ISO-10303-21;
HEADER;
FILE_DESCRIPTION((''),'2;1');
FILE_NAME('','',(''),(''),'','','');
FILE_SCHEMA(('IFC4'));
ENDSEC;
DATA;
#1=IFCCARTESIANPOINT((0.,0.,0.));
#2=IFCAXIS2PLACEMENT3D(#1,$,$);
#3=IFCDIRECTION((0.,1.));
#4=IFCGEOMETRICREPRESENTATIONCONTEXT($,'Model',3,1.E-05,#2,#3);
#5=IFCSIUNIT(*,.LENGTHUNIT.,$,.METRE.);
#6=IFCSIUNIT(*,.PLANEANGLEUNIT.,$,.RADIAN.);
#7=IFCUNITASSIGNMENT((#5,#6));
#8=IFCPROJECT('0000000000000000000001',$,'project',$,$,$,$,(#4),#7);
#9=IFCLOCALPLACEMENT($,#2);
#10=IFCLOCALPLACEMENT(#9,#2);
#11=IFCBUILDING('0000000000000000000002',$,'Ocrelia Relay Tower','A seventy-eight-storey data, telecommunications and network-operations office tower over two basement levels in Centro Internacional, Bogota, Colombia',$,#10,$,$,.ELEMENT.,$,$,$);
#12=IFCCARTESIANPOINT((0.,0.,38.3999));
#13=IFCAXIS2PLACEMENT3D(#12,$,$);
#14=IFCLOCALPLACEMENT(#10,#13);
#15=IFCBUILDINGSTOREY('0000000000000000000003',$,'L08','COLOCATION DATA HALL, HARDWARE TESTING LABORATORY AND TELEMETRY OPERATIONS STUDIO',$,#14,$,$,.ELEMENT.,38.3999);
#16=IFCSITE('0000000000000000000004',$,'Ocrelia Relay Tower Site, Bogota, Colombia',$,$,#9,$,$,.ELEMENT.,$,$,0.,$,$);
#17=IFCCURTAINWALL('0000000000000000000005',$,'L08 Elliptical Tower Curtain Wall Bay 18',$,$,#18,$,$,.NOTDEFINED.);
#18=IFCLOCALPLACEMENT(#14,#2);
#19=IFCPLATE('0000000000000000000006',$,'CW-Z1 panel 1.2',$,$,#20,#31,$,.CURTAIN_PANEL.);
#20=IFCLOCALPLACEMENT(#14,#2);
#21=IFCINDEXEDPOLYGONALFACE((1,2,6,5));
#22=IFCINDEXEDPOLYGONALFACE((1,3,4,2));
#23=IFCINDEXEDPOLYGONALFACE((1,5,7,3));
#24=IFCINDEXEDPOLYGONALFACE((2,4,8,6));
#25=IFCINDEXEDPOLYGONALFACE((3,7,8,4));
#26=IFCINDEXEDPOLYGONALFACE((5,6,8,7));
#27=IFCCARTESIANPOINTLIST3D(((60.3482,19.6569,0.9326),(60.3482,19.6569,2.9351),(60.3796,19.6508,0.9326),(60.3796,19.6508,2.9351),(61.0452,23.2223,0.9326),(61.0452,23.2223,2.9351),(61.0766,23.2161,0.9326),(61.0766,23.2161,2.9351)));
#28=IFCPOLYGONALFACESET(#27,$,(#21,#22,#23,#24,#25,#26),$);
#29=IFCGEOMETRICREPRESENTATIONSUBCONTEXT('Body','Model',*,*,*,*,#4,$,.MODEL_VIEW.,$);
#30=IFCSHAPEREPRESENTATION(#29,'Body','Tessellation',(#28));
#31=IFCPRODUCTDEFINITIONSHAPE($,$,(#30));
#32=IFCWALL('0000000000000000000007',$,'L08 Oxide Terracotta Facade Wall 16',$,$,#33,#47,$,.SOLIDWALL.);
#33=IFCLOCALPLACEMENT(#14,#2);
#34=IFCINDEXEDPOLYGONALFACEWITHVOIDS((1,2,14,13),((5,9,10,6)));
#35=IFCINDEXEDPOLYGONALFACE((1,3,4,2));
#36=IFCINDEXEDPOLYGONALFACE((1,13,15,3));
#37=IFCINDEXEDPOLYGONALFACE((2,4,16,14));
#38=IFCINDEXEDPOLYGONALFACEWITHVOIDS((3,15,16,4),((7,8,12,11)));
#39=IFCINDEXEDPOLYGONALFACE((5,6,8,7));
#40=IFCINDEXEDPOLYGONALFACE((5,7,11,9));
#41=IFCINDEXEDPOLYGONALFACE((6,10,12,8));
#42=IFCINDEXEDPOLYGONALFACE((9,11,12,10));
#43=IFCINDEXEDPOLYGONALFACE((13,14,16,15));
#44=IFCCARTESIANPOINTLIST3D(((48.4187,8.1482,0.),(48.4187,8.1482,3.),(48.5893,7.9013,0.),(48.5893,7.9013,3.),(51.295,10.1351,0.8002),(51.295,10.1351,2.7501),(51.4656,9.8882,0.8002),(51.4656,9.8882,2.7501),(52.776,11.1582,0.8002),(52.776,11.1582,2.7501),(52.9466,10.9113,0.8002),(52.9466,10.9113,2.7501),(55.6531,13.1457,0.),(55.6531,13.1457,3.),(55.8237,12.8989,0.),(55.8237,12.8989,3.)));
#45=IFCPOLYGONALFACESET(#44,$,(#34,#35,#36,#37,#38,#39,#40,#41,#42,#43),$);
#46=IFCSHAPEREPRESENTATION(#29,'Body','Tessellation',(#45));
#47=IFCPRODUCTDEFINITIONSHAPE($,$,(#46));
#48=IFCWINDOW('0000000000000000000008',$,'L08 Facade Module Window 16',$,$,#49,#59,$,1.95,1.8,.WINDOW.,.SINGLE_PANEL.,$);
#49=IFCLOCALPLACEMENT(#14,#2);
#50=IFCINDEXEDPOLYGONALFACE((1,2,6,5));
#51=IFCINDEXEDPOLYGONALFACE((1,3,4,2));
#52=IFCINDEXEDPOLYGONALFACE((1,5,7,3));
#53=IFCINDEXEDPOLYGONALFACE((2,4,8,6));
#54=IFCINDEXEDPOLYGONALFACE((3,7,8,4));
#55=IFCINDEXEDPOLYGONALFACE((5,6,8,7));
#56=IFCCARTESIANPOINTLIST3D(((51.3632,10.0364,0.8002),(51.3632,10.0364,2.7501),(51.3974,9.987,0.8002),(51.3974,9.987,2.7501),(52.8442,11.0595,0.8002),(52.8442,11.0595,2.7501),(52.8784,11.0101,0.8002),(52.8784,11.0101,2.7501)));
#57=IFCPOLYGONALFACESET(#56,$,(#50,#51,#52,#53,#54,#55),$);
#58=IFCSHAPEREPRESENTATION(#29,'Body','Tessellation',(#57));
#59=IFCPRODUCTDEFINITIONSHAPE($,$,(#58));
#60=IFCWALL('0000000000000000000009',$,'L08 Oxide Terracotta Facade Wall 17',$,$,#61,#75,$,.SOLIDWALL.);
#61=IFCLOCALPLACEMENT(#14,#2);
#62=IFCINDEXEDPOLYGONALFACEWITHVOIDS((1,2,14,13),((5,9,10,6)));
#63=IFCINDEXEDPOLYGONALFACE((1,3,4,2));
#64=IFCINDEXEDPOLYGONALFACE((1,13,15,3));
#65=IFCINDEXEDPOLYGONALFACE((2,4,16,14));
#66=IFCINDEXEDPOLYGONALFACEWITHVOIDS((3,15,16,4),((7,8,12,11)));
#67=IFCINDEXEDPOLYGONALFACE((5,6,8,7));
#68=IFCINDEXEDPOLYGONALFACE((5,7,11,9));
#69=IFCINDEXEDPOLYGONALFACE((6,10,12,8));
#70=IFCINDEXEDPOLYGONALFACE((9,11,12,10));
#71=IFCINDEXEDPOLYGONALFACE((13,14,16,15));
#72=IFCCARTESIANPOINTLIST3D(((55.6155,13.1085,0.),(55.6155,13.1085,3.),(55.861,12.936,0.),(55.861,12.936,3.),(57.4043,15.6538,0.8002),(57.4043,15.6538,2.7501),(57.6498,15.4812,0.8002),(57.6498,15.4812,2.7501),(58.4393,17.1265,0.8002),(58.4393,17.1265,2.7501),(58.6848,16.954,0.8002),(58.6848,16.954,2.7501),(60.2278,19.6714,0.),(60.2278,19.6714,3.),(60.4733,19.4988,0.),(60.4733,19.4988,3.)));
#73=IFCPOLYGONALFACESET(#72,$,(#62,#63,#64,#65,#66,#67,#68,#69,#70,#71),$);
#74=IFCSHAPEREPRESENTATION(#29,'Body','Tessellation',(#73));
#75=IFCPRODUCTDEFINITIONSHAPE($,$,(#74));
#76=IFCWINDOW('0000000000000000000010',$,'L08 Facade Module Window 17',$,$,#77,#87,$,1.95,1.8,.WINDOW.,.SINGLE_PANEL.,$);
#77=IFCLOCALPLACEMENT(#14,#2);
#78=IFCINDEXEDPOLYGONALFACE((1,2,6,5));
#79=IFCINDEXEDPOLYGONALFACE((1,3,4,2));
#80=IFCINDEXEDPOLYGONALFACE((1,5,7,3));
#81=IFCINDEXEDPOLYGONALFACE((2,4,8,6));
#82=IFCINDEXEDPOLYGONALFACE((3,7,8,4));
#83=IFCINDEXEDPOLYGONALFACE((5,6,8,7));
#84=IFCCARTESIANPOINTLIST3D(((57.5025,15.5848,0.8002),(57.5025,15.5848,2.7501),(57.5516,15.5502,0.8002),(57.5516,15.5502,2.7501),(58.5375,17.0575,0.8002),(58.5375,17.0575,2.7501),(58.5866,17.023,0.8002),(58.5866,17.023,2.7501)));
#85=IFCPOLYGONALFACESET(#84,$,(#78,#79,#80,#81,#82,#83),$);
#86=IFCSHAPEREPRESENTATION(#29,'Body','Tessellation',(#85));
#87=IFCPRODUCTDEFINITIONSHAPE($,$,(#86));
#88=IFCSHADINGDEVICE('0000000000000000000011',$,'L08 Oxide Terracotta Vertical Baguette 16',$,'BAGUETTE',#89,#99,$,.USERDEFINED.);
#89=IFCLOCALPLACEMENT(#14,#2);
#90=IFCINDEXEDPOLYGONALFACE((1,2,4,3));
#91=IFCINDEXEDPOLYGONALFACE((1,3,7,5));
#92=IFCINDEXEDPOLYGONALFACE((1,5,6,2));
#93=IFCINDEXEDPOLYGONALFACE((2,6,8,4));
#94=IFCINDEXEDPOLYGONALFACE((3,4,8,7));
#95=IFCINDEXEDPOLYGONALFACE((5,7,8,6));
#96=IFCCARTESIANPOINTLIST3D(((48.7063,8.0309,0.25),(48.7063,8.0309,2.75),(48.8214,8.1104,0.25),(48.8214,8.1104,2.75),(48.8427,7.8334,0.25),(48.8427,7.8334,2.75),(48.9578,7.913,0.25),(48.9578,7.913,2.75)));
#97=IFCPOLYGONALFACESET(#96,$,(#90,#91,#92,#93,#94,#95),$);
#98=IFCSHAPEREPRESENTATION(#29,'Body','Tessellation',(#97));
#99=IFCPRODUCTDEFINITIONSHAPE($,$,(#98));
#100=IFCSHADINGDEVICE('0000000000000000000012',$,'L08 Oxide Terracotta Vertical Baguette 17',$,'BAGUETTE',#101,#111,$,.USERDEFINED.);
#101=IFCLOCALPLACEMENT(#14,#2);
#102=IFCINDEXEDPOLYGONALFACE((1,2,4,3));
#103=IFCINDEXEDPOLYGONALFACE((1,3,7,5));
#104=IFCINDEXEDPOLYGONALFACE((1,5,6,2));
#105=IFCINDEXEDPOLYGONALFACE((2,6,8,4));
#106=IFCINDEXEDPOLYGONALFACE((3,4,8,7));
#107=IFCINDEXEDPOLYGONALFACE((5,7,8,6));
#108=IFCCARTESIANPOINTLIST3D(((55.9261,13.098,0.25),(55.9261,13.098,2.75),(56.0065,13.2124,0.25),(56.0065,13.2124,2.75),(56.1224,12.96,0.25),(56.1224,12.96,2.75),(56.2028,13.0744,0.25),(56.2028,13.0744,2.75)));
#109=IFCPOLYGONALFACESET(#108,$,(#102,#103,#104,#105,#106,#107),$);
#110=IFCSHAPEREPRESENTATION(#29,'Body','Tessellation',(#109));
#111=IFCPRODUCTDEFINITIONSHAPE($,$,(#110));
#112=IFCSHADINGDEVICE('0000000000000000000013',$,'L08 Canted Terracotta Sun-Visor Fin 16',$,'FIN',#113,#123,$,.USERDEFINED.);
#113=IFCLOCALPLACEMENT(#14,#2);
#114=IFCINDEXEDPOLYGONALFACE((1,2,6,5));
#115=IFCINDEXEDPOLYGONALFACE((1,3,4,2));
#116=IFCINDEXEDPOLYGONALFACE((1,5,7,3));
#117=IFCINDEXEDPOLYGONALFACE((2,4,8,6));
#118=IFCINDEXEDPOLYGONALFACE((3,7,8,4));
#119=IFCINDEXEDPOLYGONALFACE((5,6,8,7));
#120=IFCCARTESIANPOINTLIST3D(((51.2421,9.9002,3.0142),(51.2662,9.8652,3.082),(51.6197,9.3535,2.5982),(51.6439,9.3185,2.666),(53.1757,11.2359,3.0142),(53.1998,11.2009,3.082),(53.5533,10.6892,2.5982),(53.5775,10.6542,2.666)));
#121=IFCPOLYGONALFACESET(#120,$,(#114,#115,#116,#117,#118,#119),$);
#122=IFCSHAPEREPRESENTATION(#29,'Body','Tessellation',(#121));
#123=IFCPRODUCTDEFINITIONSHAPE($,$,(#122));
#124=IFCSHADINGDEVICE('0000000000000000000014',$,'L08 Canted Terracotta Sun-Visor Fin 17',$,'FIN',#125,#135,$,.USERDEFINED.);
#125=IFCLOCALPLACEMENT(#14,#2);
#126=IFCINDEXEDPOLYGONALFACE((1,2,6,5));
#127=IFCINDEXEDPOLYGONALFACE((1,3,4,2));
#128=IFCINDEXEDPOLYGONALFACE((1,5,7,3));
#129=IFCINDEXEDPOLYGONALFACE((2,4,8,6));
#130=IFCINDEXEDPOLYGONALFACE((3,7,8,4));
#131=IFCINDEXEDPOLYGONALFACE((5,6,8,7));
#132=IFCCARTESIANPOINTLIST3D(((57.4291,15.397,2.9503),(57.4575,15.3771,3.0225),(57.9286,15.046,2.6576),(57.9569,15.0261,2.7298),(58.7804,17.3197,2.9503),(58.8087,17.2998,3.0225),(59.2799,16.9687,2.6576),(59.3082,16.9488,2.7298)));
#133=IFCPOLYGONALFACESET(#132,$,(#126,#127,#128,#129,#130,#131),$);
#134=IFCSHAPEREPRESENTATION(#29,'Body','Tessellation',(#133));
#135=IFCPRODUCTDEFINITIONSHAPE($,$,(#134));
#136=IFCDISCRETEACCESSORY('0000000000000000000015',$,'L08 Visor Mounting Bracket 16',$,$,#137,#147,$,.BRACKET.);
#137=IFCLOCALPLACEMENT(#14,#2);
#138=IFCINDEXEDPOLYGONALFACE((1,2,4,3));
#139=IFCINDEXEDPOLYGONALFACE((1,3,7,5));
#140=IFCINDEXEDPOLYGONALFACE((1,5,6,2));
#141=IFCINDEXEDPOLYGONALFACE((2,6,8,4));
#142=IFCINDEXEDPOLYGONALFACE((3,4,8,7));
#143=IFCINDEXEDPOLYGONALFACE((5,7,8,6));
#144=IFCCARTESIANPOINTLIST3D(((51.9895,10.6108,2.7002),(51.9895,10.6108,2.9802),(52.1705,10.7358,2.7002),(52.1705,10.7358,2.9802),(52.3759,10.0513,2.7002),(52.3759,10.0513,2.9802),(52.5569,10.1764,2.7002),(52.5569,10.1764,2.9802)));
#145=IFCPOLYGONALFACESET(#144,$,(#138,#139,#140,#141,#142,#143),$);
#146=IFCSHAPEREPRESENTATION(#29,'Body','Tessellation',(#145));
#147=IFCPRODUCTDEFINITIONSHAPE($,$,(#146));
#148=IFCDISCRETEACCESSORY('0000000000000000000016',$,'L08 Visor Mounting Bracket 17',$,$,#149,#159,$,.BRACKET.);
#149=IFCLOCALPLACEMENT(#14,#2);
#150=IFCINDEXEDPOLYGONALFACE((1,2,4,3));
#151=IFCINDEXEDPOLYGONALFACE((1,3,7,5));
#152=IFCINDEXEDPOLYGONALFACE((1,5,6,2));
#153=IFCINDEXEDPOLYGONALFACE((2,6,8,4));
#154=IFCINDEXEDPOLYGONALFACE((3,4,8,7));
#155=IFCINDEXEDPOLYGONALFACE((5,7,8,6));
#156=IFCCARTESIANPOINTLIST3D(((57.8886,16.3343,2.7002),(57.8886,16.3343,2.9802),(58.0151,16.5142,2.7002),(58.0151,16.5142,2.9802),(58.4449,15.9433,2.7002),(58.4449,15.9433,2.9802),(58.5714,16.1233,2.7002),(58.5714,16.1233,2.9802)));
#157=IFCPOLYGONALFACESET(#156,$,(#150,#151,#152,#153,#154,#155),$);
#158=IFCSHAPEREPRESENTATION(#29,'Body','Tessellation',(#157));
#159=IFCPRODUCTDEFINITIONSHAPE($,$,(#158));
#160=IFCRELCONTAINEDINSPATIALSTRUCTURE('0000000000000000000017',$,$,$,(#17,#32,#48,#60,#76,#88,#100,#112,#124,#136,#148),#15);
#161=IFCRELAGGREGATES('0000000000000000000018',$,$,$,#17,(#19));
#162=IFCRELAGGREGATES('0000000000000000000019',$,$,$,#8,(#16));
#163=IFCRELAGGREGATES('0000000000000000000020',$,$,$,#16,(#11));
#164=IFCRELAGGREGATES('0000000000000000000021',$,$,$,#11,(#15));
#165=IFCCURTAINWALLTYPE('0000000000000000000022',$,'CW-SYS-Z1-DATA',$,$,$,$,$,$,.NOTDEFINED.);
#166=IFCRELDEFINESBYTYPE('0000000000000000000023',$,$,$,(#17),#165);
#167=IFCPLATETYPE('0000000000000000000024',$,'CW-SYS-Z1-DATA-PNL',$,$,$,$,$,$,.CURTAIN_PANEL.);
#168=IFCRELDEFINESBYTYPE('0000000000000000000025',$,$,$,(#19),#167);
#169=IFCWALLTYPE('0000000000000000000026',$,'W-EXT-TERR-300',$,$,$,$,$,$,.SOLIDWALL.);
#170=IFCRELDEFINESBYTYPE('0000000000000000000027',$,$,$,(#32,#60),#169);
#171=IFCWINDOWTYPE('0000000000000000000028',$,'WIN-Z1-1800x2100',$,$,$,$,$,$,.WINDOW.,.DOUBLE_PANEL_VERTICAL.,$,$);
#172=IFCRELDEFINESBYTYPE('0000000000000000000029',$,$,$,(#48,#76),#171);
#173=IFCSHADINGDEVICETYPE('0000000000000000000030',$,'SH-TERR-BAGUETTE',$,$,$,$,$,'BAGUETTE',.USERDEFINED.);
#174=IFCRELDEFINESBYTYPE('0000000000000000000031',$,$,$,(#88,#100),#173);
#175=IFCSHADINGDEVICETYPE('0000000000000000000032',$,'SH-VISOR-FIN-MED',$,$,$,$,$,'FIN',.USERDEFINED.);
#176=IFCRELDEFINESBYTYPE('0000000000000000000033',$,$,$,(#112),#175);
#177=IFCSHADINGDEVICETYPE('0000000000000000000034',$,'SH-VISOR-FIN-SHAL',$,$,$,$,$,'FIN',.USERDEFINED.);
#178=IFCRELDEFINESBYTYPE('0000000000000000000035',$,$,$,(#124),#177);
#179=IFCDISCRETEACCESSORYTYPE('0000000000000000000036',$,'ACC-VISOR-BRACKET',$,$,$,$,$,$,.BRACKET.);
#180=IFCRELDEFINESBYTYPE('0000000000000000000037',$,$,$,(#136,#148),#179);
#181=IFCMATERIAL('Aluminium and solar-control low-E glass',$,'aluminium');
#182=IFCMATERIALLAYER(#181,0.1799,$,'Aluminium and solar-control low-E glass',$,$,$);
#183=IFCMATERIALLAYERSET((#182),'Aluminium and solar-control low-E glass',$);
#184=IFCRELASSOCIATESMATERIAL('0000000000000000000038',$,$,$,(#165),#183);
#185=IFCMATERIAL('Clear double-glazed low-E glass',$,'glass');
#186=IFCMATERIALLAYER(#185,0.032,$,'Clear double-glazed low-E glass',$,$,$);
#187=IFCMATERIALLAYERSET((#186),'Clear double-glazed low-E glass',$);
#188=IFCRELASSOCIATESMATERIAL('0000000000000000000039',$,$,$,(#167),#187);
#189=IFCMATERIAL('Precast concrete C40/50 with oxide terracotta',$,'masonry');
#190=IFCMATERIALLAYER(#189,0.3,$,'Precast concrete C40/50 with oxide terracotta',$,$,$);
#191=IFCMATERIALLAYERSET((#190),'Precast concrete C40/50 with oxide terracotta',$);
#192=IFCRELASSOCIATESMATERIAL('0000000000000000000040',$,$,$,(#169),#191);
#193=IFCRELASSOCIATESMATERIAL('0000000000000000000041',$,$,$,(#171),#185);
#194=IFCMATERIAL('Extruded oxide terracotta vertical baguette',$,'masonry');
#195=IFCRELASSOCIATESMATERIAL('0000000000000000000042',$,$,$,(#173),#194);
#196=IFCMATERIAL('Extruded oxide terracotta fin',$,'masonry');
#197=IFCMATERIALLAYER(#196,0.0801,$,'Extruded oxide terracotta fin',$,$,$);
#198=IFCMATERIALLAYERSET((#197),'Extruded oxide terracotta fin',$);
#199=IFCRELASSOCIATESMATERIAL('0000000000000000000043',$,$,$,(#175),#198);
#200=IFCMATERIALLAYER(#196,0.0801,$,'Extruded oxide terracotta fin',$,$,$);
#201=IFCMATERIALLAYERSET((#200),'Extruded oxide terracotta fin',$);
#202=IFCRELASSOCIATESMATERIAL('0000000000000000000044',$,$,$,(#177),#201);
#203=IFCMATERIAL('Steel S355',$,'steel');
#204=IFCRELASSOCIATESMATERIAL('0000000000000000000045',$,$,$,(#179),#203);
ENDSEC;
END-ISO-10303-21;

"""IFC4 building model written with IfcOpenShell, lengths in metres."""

from ifc_helpers import new_model, si_unit, direction, frame, frame_2d, origin, origin_2d, place, context, subcontext, project, spatial, rectangle, extrude, material, layer, layer_set, type_object, element, fill, aggregate, save


model = new_model("IFC4")

# Units and contexts
model_context = context("Model", 3, precision=1e-05, world=origin(), true_north=direction((0.0, 1.0)))
body_context = subcontext(model_context, "Body", "Model", "MODEL_VIEW")
ifc_project = project(units=[si_unit("LENGTHUNIT", "METRE"), si_unit("PLANEANGLEUNIT", "RADIAN")], contexts=[model_context])

# Site, building, storey
site_placement = place(None, origin())
site = spatial("IfcSite", under=ifc_project, at=site_placement, Name="Ocrelia Relay Tower Site, Bogota, Colombia", CompositionType="ELEMENT", RefElevation=0.0)
building_placement = place(site_placement, origin())
building = spatial("IfcBuilding", under=site, at=building_placement, Name="Ocrelia Relay Tower", Description="A seventy-eight-storey data, telecommunications and network-operations office tower over two basement levels in Centro Internacional, Bogota, Colombia", CompositionType="ELEMENT")
storey_placement = place(building_placement, frame((0.0, 0.0, 38.3999)))
storey = spatial("IfcBuildingStorey", under=building, at=storey_placement, Name="L08", Description="COLOCATION DATA HALL, HARDWARE TESTING LABORATORY AND TELEMETRY OPERATIONS STUDIO", CompositionType="ELEMENT", Elevation=38.3999)

# Shared definitions
ifc_material_1 = material(Name="Steel S355", Category="steel")

# Curtain wall, plate
ifc_material_2 = material(Name="Aluminium and solar-control low-E glass", Category="aluminium")
ifc_layer_1 = layer(ifc_material_2, 0.1799, Name="Aluminium and solar-control low-E glass")
ifc_layer_set_1 = layer_set([ifc_layer_1], Name="Aluminium and solar-control low-E glass")
curtain_wall_type = type_object("IfcCurtainWallType", Name="CW-SYS-Z1-DATA", PredefinedType="NOTDEFINED", material=ifc_layer_set_1)
curtain_wall_placement = place(storey_placement, origin())
curtain_wall = element("IfcCurtainWall", 1, at=curtain_wall_placement, inside=storey, type_object=curtain_wall_type, Name="L08 Elliptical Tower Curtain Wall Bay 18", PredefinedType="NOTDEFINED")
ifc_material_3 = material(Name="Clear double-glazed low-E glass", Category="glass")
ifc_layer_2 = layer(ifc_material_3, 0.032, Name="Clear double-glazed low-E glass")
ifc_layer_set_2 = layer_set([ifc_layer_2], Name="Clear double-glazed low-E glass")
plate_type = type_object("IfcPlateType", Name="CW-SYS-Z1-DATA-PNL", PredefinedType="CURTAIN_PANEL", material=ifc_layer_set_2)
plate_1_placement = place(storey_placement, frame((60.7124, 21.4365, 0.9326), z_axis=(0.0, 0.0, 1.0), x_axis=(0.191841, 0.981426, 0.0)))
plate_1 = element("IfcPlate", 2, at=plate_1_placement, type_object=plate_type, Name="CW-Z1 panel 1.2", PredefinedType="CURTAIN_PANEL", context=body_context, shape_type="SweptSolid", body=[
    extrude(rectangle(XDim=3.6328, YDim=0.032, at=origin_2d()), origin(), (0.0, 0.0, 1.0), 2.0024),
])
aggregate(curtain_wall, [plate_1])

# Walls, openings, windows
ifc_material_4 = material(Name="Precast concrete C40/50 with oxide terracotta", Category="masonry")
ifc_layer_3 = layer(ifc_material_4, 0.3, Name="Precast concrete C40/50 with oxide terracotta")
ifc_layer_set_3 = layer_set([ifc_layer_3], Name="Precast concrete C40/50 with oxide terracotta")
wall_type = type_object("IfcWallType", Name="W-EXT-TERR-300", PredefinedType="SOLIDWALL", material=ifc_layer_set_3)
wall_1_placement = place(storey_placement, frame((48.5039, 8.0247, 0.0), z_axis=(0.0, 0.0, 1.0), x_axis=(0.82277, 0.568375, 0.0)))
wall_1 = element("IfcWall", 3, at=wall_1_placement, inside=storey, type_object=wall_type, Name="L08 Oxide Terracotta Facade Wall 16", PredefinedType="SOLIDWALL", context=body_context, shape_type="SweptSolid", body=[
    extrude(rectangle(XDim=8.7927, YDim=0.3, at=frame_2d((4.3965, 0.0))), origin(), (0.0, 0.0, 1.0), 3.0),
])
opening_1_placement = place(wall_1_placement, frame((3.4961, 0.0, 0.8)))
opening_1 = element("IfcOpeningElement", 4, at=opening_1_placement, cuts=wall_1, PredefinedType="OPENING", context=body_context, shape_type="SweptSolid", body=[
    extrude(rectangle(XDim=1.8, YDim=1.95, at=frame_2d((0.8999, 0.9751))), frame((0.0, 0.1602, 0.0), z_axis=(0.0, -1.0, 0.0), x_axis=(1.0, 0.0, 0.0)), (0.0, 0.0, 1.0), 0.3201),
])
window_type = type_object("IfcWindowType", Name="WIN-Z1-1800x2100", PartitioningType="DOUBLE_PANEL_VERTICAL", PredefinedType="WINDOW", material=ifc_material_3)
window_1_placement = place(opening_1_placement, origin())
window_1 = element("IfcWindow", 5, at=window_1_placement, inside=storey, type_object=window_type, Name="L08 Facade Module Window 16", OverallHeight=1.95, OverallWidth=1.8, PartitioningType="SINGLE_PANEL", PredefinedType="WINDOW", context=body_context, shape_type="SweptSolid", body=[
    extrude(rectangle(XDim=1.8, YDim=1.95, at=frame_2d((0.8999, 0.9751))), frame((0.0, 0.03, 0.0), z_axis=(0.0, -1.0, 0.0), x_axis=(1.0, 0.0, 0.0)), (0.0, 0.0, 1.0), 0.0601),
])
fill(opening_1, window_1)
wall_2_placement = place(storey_placement, frame((55.7383, 13.0222, 0.0), z_axis=(0.0, 0.0, 1.0), x_axis=(0.574985, 0.818164, 0.0)))
wall_2 = element("IfcWall", 6, at=wall_2_placement, inside=storey, type_object=wall_type, Name="L08 Oxide Terracotta Facade Wall 17", PredefinedType="SOLIDWALL", context=body_context, shape_type="SweptSolid", body=[
    extrude(rectangle(XDim=8.0215, YDim=0.3, at=frame_2d((4.0107, 0.0))), origin(), (0.0, 0.0, 1.0), 3.0),
])
opening_2_placement = place(wall_2_placement, frame((3.1111, 0.0, 0.8)))
opening_2 = element("IfcOpeningElement", 7, at=opening_2_placement, cuts=wall_2, PredefinedType="OPENING", context=body_context, shape_type="SweptSolid", body=[
    extrude(rectangle(XDim=1.8, YDim=1.95, at=frame_2d((0.8999, 0.9751))), frame((0.0, 0.1602, 0.0), z_axis=(0.0, -1.0, 0.0), x_axis=(1.0, 0.0, 0.0)), (0.0, 0.0, 1.0), 0.3201),
])
window_2_placement = place(opening_2_placement, origin())
window_2 = element("IfcWindow", 8, at=window_2_placement, inside=storey, type_object=window_type, Name="L08 Facade Module Window 17", OverallHeight=1.95, OverallWidth=1.8, PartitioningType="SINGLE_PANEL", PredefinedType="WINDOW", context=body_context, shape_type="SweptSolid", body=[
    extrude(rectangle(XDim=1.8, YDim=1.95, at=frame_2d((0.8999, 0.9751))), frame((0.0, 0.03, 0.0), z_axis=(0.0, -1.0, 0.0), x_axis=(1.0, 0.0, 0.0)), (0.0, 0.0, 1.0), 0.0601),
])
fill(opening_2, window_2)

# Shading devices
ifc_material_5 = material(Name="Extruded oxide terracotta vertical baguette", Category="masonry")
shading_device_type_1 = type_object("IfcShadingDeviceType", Name="SH-TERR-BAGUETTE", ElementType="BAGUETTE", PredefinedType="USERDEFINED", material=ifc_material_5)
for number, where, z_axis, x_axis, name in (
    (9, (48.832, 7.9719, 0.25), (0.0, 0.0, 1.0), (0.822774, 0.568369, 0.0), "L08 Oxide Terracotta Vertical Baguette 16"),
    (10, (56.0645, 13.0862, 0.25), (0.0, 0.0, 1.0), (0.57499, 0.81816, 0.0), "L08 Oxide Terracotta Vertical Baguette 17"),
):
    element("IfcShadingDevice", number, at=place(storey_placement, frame(where, z_axis=z_axis, x_axis=x_axis)), inside=storey, type_object=shading_device_type_1, Name=name, ObjectType="BAGUETTE", PredefinedType="USERDEFINED", context=body_context, shape_type="SweptSolid", body=[
        extrude(rectangle(XDim=0.1399, YDim=0.24, at=origin_2d()), origin(), (0.0, 0.0, 1.0), 2.5),
    ])
ifc_material_6 = material(Name="Extruded oxide terracotta fin", Category="masonry")
ifc_layer_4 = layer(ifc_material_6, 0.0801, Name="Extruded oxide terracotta fin")
ifc_layer_set_4 = layer_set([ifc_layer_4], Name="Extruded oxide terracotta fin")
shading_device_type_2 = type_object("IfcShadingDeviceType", Name="SH-VISOR-FIN-MED", ElementType="FIN", PredefinedType="USERDEFINED", material=ifc_layer_set_4)
shading_device_1_placement = place(storey_placement, frame((52.3977, 10.2947, 2.8062), z_axis=(0.30161, -0.436612, 0.847585), x_axis=(0.822774, 0.568369, 0.0)))
element("IfcShadingDevice", 11, at=shading_device_1_placement, inside=storey, type_object=shading_device_type_2, Name="L08 Canted Terracotta Sun-Visor Fin 16", ObjectType="FIN", PredefinedType="USERDEFINED", context=body_context, shape_type="SweptSolid", body=[
    extrude(rectangle(XDim=2.3501, YDim=0.7839, at=origin_2d()), origin(), (0.0, 0.0, 1.0), 0.0801),
])
ifc_layer_5 = layer(ifc_material_6, 0.0801, Name="Extruded oxide terracotta fin")
ifc_layer_set_5 = layer_set([ifc_layer_5], Name="Extruded oxide terracotta fin")
shading_device_type_3 = type_object("IfcShadingDeviceType", Name="SH-VISOR-FIN-SHAL", ElementType="FIN", PredefinedType="USERDEFINED", material=ifc_layer_set_5)
shading_device_2_placement = place(storey_placement, frame((58.3545, 16.1829, 2.804), z_axis=(0.353773, -0.248626, 0.901682), x_axis=(0.57499, 0.81816, 0.0)))
element("IfcShadingDevice", 12, at=shading_device_2_placement, inside=storey, type_object=shading_device_type_3, Name="L08 Canted Terracotta Sun-Visor Fin 17", ObjectType="FIN", PredefinedType="USERDEFINED", context=body_context, shape_type="SweptSolid", body=[
    extrude(rectangle(XDim=2.3501, YDim=0.677, at=origin_2d()), origin(), (0.0, 0.0, 1.0), 0.0801),
])

# Discrete accessories
discrete_accessory_type = type_object("IfcDiscreteAccessoryType", Name="ACC-VISOR-BRACKET", PredefinedType="BRACKET", material=ifc_material_1)
for number, where, z_axis, x_axis, name in (
    (13, (52.2732, 10.3936, 2.7002), (0.0, 0.0, 1.0), (0.822774, 0.568369, 0.0), "L08 Visor Mounting Bracket 16"),
    (14, (58.23, 16.2288, 2.7002), (0.0, 0.0, 1.0), (0.57499, 0.81816, 0.0), "L08 Visor Mounting Bracket 17"),
):
    element("IfcDiscreteAccessory", number, at=place(storey_placement, frame(where, z_axis=z_axis, x_axis=x_axis)), inside=storey, type_object=discrete_accessory_type, Name=name, PredefinedType="BRACKET", context=body_context, shape_type="SweptSolid", body=[
        extrude(rectangle(XDim=0.22, YDim=0.6799, at=origin_2d()), origin(), (0.0, 0.0, 1.0), 0.28),
    ])

save(model, "model.ifc")
